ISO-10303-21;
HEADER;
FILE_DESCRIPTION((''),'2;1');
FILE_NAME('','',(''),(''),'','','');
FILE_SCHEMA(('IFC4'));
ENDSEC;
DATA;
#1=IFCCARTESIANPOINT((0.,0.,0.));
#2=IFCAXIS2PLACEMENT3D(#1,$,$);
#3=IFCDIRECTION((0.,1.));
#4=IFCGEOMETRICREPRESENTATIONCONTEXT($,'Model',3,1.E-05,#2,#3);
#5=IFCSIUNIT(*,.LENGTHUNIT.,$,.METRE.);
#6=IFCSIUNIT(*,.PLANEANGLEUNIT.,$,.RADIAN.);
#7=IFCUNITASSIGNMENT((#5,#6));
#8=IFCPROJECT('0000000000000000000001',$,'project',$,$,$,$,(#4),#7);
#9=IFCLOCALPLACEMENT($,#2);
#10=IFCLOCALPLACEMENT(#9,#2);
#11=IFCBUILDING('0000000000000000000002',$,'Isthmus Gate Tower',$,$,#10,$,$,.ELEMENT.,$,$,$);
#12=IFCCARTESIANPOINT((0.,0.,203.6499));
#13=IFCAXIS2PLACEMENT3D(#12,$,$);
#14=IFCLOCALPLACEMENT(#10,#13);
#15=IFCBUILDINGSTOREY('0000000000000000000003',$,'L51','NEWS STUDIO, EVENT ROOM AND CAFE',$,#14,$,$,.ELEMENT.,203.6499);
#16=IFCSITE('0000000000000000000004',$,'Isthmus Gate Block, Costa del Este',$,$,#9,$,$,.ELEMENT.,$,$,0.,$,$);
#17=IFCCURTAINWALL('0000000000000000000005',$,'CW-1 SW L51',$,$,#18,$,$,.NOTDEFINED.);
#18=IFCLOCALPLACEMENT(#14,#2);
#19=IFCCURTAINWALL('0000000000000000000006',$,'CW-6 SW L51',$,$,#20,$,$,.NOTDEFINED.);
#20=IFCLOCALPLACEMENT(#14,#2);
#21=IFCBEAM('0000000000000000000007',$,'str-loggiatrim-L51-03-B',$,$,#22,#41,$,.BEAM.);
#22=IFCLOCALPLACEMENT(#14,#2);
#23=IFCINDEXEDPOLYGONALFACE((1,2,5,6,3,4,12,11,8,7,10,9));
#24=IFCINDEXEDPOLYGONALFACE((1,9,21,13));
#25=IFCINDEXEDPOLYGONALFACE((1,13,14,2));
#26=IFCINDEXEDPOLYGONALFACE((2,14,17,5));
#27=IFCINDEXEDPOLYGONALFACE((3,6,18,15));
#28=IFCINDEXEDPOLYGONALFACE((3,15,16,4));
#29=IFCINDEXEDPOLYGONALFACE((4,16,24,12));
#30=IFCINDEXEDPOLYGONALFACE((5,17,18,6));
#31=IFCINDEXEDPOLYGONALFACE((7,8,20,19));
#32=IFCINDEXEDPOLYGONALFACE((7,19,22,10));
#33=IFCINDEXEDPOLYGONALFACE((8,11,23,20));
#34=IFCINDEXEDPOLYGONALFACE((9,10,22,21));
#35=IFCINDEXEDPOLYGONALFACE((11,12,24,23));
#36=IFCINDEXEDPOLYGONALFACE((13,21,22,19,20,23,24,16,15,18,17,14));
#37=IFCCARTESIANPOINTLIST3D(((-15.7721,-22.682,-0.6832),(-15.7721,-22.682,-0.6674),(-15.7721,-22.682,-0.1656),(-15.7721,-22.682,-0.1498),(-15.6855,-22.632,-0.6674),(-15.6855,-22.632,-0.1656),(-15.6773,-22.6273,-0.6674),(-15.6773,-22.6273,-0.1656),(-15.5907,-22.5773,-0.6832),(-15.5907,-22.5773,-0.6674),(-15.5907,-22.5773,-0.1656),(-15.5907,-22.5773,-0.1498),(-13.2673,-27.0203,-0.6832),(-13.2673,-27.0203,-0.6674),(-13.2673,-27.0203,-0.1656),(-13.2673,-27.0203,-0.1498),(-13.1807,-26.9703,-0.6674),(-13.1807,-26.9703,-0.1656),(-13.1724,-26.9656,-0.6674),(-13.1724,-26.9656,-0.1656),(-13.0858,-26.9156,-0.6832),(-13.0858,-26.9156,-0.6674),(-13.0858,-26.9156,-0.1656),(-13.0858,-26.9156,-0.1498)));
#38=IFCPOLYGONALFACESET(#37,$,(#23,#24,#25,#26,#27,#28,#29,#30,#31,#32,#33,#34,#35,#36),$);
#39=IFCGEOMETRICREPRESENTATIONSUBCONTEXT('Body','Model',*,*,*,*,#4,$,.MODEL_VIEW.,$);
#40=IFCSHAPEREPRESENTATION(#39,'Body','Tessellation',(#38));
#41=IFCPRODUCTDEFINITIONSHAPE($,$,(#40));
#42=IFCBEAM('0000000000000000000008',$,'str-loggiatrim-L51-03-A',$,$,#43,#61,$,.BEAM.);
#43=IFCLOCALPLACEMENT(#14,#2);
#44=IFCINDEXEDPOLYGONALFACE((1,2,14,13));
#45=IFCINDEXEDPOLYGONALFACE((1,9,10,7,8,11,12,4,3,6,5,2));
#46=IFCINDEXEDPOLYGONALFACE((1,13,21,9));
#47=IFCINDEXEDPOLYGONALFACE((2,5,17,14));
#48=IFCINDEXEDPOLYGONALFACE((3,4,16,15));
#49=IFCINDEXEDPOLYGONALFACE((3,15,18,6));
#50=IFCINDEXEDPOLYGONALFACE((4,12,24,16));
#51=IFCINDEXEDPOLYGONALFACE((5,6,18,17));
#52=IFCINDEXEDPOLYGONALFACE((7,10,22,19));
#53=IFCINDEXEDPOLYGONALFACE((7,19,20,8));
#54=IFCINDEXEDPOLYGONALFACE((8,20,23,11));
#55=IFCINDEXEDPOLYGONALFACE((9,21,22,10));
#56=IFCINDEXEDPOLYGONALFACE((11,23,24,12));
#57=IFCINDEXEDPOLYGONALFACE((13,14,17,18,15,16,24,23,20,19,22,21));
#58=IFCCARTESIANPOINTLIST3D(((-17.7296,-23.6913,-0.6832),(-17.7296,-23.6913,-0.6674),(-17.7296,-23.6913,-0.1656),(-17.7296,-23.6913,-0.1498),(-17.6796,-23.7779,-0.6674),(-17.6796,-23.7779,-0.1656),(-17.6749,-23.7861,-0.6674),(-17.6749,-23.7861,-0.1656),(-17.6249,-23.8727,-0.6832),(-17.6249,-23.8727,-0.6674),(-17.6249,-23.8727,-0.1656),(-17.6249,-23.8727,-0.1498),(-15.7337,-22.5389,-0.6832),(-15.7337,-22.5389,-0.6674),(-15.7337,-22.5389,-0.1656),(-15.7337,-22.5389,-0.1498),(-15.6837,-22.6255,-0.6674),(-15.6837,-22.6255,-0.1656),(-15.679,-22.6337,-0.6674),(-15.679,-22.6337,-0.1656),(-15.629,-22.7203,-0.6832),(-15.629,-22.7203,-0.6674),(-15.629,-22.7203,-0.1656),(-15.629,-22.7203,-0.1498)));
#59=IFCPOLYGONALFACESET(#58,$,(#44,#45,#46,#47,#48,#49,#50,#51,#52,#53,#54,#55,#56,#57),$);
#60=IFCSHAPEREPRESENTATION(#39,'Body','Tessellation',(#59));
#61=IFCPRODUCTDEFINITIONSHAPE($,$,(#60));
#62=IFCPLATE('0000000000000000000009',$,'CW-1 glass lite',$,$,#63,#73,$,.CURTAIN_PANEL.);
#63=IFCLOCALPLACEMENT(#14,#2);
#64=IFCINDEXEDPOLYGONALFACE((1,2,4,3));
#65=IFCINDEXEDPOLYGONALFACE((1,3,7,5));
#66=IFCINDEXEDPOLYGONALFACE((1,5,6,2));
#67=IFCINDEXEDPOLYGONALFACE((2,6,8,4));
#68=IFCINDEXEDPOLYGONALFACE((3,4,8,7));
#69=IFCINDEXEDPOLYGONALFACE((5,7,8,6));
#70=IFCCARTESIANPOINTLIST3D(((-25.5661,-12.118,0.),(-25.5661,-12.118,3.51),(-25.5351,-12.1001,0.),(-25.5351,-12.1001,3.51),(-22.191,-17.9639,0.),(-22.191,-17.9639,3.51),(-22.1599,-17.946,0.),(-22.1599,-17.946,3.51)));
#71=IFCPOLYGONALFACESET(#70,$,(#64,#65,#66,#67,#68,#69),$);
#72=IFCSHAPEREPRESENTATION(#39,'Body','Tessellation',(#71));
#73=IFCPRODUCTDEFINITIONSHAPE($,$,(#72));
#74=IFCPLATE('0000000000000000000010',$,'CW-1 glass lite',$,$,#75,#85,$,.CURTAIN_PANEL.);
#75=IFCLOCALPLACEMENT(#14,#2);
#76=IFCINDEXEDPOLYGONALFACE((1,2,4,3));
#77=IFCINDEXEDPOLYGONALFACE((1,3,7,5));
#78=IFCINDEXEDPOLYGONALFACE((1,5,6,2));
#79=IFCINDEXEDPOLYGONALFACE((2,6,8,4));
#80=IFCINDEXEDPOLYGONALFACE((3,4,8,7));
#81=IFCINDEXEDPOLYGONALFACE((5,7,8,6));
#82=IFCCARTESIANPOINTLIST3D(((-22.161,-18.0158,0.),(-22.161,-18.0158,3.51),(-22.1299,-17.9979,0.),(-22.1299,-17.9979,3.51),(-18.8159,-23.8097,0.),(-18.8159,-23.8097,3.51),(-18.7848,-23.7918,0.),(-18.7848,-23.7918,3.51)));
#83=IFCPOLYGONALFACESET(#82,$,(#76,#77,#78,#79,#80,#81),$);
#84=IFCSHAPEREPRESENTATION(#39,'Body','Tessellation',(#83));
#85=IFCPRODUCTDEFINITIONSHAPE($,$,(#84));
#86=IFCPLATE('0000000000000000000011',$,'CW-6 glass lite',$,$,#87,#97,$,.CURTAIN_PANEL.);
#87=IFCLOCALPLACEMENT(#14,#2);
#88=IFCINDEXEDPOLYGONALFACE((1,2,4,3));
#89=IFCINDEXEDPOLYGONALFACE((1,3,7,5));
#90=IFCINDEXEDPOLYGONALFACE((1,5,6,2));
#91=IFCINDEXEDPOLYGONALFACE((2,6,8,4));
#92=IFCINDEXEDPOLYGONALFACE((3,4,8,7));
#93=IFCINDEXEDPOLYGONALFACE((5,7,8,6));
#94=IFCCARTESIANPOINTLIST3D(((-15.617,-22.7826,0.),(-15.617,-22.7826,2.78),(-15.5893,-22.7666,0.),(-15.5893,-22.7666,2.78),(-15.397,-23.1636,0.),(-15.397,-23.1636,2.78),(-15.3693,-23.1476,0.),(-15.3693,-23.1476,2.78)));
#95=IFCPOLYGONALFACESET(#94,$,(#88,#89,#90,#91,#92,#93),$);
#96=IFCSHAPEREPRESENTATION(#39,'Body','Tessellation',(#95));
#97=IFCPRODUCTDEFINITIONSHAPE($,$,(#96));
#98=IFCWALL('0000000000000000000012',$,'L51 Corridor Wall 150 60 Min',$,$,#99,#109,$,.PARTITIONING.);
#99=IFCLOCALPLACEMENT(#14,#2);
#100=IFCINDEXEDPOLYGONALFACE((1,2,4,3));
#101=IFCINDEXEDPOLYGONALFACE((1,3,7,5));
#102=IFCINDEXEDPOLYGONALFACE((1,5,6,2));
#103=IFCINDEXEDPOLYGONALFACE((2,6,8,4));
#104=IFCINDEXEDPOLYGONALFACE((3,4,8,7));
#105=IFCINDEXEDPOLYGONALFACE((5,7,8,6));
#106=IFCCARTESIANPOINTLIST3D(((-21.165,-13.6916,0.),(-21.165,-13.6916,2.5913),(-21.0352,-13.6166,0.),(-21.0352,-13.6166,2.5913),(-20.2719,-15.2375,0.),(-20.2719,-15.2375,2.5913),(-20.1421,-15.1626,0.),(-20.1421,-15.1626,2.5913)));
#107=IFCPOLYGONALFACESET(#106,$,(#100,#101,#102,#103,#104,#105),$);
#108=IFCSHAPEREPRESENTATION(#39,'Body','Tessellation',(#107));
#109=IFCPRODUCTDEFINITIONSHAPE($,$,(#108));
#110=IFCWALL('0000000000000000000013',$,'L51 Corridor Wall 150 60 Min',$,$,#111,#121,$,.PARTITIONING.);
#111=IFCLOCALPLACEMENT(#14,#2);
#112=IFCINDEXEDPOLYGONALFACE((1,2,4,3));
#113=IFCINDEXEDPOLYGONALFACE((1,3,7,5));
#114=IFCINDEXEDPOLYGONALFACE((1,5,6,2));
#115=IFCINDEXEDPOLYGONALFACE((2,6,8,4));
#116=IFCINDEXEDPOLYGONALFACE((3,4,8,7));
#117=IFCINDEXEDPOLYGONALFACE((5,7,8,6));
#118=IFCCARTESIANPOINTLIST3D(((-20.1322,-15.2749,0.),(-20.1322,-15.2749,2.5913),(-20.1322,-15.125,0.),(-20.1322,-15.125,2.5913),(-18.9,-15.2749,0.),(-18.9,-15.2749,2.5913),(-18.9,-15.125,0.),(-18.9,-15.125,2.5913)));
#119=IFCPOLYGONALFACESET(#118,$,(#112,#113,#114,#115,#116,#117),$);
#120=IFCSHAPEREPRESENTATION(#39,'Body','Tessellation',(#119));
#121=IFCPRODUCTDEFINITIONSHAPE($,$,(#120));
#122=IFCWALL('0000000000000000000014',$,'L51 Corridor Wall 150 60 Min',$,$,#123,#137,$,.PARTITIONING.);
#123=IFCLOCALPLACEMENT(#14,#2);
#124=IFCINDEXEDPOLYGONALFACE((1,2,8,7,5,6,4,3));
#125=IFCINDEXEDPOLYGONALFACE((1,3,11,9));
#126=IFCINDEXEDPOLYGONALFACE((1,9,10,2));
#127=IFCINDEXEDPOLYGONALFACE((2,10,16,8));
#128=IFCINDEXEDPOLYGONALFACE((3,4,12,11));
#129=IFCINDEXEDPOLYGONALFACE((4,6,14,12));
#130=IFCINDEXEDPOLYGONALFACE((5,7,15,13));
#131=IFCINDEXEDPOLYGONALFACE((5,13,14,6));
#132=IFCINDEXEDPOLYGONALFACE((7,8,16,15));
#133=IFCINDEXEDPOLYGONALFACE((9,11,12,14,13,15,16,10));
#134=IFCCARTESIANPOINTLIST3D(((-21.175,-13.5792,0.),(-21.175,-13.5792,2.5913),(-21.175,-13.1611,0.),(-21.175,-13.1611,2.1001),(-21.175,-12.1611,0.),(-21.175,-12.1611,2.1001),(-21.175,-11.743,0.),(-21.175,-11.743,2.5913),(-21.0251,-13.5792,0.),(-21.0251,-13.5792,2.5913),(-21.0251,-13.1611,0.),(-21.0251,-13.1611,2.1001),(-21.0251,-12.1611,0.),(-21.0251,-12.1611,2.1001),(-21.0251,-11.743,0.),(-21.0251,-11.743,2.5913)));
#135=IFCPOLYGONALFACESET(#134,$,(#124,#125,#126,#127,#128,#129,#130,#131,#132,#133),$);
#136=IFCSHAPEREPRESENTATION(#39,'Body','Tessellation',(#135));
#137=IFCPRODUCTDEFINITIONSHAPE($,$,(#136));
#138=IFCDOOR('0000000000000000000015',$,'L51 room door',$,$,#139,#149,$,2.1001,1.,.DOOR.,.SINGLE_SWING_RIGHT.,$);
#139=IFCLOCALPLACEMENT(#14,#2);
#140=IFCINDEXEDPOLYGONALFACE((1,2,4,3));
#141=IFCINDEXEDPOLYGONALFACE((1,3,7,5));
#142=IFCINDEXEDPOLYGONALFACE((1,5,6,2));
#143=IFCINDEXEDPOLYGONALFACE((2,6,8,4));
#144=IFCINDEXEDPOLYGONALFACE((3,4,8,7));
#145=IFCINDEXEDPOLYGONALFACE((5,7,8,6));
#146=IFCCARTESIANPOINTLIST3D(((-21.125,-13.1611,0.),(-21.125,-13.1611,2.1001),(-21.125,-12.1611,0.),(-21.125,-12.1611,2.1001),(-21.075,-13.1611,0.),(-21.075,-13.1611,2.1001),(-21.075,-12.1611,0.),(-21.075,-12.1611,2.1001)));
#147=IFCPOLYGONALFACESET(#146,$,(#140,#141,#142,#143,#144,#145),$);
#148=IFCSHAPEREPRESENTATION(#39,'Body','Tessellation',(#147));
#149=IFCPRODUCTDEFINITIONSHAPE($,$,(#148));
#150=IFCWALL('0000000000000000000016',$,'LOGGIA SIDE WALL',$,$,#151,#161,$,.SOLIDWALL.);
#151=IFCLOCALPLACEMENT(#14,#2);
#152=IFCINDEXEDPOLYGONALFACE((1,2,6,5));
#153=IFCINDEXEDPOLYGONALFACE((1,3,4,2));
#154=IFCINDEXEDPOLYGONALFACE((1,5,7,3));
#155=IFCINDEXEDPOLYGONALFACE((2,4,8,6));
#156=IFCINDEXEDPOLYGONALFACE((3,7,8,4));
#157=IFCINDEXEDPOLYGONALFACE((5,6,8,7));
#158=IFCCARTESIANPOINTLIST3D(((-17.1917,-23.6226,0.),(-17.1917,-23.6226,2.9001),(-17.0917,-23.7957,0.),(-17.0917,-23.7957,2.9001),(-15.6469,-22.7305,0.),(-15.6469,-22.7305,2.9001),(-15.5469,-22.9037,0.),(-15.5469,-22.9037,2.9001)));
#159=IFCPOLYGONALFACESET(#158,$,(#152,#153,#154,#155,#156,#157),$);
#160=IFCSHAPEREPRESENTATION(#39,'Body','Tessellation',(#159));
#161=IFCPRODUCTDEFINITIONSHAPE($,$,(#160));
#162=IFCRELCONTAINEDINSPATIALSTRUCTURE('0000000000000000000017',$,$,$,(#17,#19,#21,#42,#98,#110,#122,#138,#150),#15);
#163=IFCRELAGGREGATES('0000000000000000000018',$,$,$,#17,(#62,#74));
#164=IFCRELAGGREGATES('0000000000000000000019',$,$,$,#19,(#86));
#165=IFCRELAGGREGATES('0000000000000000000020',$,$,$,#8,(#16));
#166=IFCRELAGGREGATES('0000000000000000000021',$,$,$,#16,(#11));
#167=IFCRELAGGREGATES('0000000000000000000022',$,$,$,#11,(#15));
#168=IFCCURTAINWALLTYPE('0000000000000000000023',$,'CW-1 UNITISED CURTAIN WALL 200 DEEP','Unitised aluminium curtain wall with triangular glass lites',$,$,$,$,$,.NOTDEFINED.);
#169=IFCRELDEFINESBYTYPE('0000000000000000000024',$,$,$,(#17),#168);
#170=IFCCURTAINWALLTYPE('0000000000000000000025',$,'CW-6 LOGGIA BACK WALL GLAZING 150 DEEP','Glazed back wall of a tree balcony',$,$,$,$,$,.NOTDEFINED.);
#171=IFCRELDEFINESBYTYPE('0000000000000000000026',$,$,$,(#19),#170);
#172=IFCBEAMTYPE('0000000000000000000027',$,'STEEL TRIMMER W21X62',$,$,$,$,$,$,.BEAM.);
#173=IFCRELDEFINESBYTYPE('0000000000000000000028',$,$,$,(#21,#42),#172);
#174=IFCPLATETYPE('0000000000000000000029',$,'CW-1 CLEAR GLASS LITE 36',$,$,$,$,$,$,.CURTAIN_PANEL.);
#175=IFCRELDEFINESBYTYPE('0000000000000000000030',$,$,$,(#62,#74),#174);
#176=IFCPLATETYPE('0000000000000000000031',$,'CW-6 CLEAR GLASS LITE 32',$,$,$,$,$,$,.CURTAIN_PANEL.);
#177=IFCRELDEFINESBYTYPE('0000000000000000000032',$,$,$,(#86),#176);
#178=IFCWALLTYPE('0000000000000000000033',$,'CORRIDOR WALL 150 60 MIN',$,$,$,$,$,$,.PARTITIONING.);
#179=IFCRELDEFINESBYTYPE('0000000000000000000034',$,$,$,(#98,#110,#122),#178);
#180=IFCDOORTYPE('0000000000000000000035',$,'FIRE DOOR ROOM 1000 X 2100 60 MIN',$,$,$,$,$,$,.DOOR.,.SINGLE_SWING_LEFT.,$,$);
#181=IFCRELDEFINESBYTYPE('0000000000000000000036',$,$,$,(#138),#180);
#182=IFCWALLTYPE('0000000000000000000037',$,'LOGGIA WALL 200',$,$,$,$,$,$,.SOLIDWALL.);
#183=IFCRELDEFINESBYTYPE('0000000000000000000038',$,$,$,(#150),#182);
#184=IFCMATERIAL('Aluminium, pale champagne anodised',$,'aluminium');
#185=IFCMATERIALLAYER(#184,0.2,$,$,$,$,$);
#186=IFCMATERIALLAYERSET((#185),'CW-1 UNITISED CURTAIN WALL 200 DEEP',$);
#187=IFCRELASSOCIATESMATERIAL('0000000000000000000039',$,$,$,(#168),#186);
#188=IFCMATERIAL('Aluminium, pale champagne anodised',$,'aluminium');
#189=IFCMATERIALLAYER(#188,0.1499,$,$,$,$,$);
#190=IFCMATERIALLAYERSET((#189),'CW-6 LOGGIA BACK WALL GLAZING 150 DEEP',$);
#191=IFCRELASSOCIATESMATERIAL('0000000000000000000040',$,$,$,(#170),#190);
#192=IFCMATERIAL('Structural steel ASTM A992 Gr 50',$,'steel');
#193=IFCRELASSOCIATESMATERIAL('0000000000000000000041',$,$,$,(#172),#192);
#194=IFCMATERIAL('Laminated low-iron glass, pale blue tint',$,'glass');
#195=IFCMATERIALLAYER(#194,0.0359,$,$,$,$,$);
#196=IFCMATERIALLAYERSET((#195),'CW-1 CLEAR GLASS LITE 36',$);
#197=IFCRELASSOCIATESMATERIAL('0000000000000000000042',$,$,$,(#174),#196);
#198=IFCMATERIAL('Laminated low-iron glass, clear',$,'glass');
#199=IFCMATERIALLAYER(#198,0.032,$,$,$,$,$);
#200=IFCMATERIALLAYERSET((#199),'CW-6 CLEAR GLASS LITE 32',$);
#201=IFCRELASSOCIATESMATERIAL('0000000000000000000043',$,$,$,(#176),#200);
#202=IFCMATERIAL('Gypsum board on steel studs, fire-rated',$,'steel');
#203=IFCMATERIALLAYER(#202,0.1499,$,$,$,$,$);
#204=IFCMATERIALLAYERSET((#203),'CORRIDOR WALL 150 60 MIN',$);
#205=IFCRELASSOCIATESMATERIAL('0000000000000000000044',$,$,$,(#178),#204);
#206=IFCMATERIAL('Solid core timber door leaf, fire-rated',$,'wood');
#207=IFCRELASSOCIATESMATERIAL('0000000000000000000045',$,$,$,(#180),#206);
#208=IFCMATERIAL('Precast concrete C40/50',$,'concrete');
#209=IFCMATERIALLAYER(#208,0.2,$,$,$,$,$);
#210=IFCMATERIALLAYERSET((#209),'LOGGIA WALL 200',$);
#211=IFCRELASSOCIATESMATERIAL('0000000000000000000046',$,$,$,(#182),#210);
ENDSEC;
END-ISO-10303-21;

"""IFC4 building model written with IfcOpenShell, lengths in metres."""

from ifc_helpers import new_model, si_unit, direction, frame, frame_2d, origin, origin_2d, place, context, subcontext, project, spatial, rectangle, i_section, extrude, material, layer, layer_set, material_profile, profile_set, type_object, element, fill, aggregate, save


model = new_model("IFC4")

# Units and contexts
model_context = context("Model", 3, precision=1e-05, world=origin(), true_north=direction((0.0, 1.0)))
body_context = subcontext(model_context, "Body", "Model", "MODEL_VIEW")
ifc_project = project(units=[si_unit("LENGTHUNIT", "METRE"), si_unit("PLANEANGLEUNIT", "RADIAN")], contexts=[model_context])

# Site, building, storey
site_placement = place(None, origin())
site = spatial("IfcSite", under=ifc_project, at=site_placement, Name="Isthmus Gate Block, Costa del Este", CompositionType="ELEMENT", RefElevation=0.0)
building_placement = place(site_placement, origin())
building = spatial("IfcBuilding", under=site, at=building_placement, Name="Isthmus Gate Tower", CompositionType="ELEMENT")
storey_placement = place(building_placement, frame((0.0, 0.0, 203.6499)))
storey = spatial("IfcBuildingStorey", under=building, at=storey_placement, Name="L51", Description="NEWS STUDIO, EVENT ROOM AND CAFE", CompositionType="ELEMENT", Elevation=203.6499)

# Curtain walls
ifc_material_1 = material(Name="Aluminium, pale champagne anodised", Category="aluminium")
ifc_layer_1 = layer(ifc_material_1, 0.2)
ifc_layer_set_1 = layer_set([ifc_layer_1], Name="CW-1 UNITISED CURTAIN WALL 200 DEEP")
curtain_wall_type_1 = type_object("IfcCurtainWallType", Name="CW-1 UNITISED CURTAIN WALL 200 DEEP", Description="Unitised aluminium curtain wall with triangular glass lites", PredefinedType="NOTDEFINED", material=ifc_layer_set_1)
curtain_wall_1_placement = place(storey_placement, origin())
curtain_wall_1 = element("IfcCurtainWall", 1, at=curtain_wall_1_placement, inside=storey, type_object=curtain_wall_type_1, Name="CW-1 SW L51", PredefinedType="NOTDEFINED")
ifc_material_2 = material(Name="Aluminium, pale champagne anodised", Category="aluminium")
ifc_layer_2 = layer(ifc_material_2, 0.1499)
ifc_layer_set_2 = layer_set([ifc_layer_2], Name="CW-6 LOGGIA BACK WALL GLAZING 150 DEEP")
curtain_wall_type_2 = type_object("IfcCurtainWallType", Name="CW-6 LOGGIA BACK WALL GLAZING 150 DEEP", Description="Glazed back wall of a tree balcony", PredefinedType="NOTDEFINED", material=ifc_layer_set_2)
curtain_wall_2_placement = place(storey_placement, origin())
curtain_wall_2 = element("IfcCurtainWall", 2, at=curtain_wall_2_placement, inside=storey, type_object=curtain_wall_type_2, Name="CW-6 SW L51", PredefinedType="NOTDEFINED")

# Beams
ifc_material_3 = material(Name="Structural steel ASTM A992 Gr 50", Category="steel")
ifc_material_profile_1 = material_profile(ifc_material_3, i_section(OverallWidth=0.2095, OverallDepth=0.5334, WebThickness=0.0095, FlangeThickness=0.0159, at=origin_2d()), Name="W21X62")
ifc_profile_set_1 = profile_set([ifc_material_profile_1], Name="Structural steel ASTM A992 Gr 50")
beam_type_1 = type_object("IfcBeamType", Name="STEEL TRIMMER W21X62", PredefinedType="BEAM", material=ifc_profile_set_1)
beam_1_placement = place(storey_placement, frame((-15.6814, -22.6296, -0.4165), z_axis=(0.500018, -0.866015, 0.0), x_axis=(0.866015, 0.500018, 0.0)))
element("IfcBeam", 3, at=beam_1_placement, inside=storey, type_object=beam_type_1, Name="str-loggiatrim-L51-03-B", PredefinedType="BEAM", context=body_context, shape_type="SweptSolid", body=[
    extrude(i_section(OverallWidth=0.2095, OverallDepth=0.5334, WebThickness=0.0095, FlangeThickness=0.0159, at=origin_2d()), origin(), (0.0, 0.0, 1.0), 5.0095),
])
beam_2_placement = place(storey_placement, frame((-17.6772, -23.782, -0.4165), z_axis=(0.866018, 0.500013, 0.0), x_axis=(-0.500013, 0.866018, 0.0)))
element("IfcBeam", 4, at=beam_2_placement, inside=storey, type_object=beam_type_1, Name="str-loggiatrim-L51-03-A", PredefinedType="BEAM", context=body_context, shape_type="SweptSolid", body=[
    extrude(i_section(OverallWidth=0.2095, OverallDepth=0.5334, WebThickness=0.0095, FlangeThickness=0.0159, at=origin_2d()), origin(), (0.0, 0.0, 1.0), 2.3047),
])

# Plates
ifc_material_4 = material(Name="Laminated low-iron glass, pale blue tint", Category="glass")
ifc_layer_3 = layer(ifc_material_4, 0.0359)
ifc_layer_set_3 = layer_set([ifc_layer_3], Name="CW-1 CLEAR GLASS LITE 36")
plate_type_1 = type_object("IfcPlateType", Name="CW-1 CLEAR GLASS LITE 36", PredefinedType="CURTAIN_PANEL", material=ifc_layer_set_3)
plate_1_placement = place(storey_placement, frame((-23.863, -15.032, 0.0), z_axis=(0.0, 0.0, 1.0), x_axis=(0.5, -0.866025, 0.0)))
plate_1 = element("IfcPlate", 5, at=plate_1_placement, type_object=plate_type_1, Name="CW-1 glass lite", PredefinedType="CURTAIN_PANEL", context=body_context, shape_type="SweptSolid", body=[
    extrude(rectangle(XDim=6.7502, YDim=0.0359, at=origin_2d()), origin(), (0.0, 0.0, 1.0), 3.51),
])
plate_2_placement = place(storey_placement, frame((-20.4729, -20.9038, 0.0), z_axis=(0.0, 0.0, 1.0), x_axis=(0.5, -0.866025, 0.0)))
plate_2 = element("IfcPlate", 6, at=plate_2_placement, type_object=plate_type_1, Name="CW-1 glass lite", PredefinedType="CURTAIN_PANEL", context=body_context, shape_type="SweptSolid", body=[
    extrude(rectangle(XDim=6.6902, YDim=0.0359, at=origin_2d()), origin(), (0.0, 0.0, 1.0), 3.51),
])
aggregate(curtain_wall_1, [plate_1, plate_2])
ifc_material_5 = material(Name="Laminated low-iron glass, clear", Category="glass")
ifc_layer_4 = layer(ifc_material_5, 0.032)
ifc_layer_set_4 = layer_set([ifc_layer_4], Name="CW-6 CLEAR GLASS LITE 32")
plate_type_2 = type_object("IfcPlateType", Name="CW-6 CLEAR GLASS LITE 32", PredefinedType="CURTAIN_PANEL", material=ifc_layer_set_4)
plate_3_placement = place(storey_placement, frame((-15.4932, -22.9651, 0.0), z_axis=(0.0, 0.0, 1.0), x_axis=(0.5, -0.866025, 0.0)))
plate_3 = element("IfcPlate", 7, at=plate_3_placement, type_object=plate_type_2, Name="CW-6 glass lite", PredefinedType="CURTAIN_PANEL", context=body_context, shape_type="SweptSolid", body=[
    extrude(rectangle(XDim=0.4399, YDim=0.032, at=origin_2d()), origin(), (0.0, 0.0, 1.0), 2.78),
])
aggregate(curtain_wall_2, [plate_3])

# Walls
ifc_material_6 = material(Name="Gypsum board on steel studs, fire-rated", Category="steel")
ifc_layer_5 = layer(ifc_material_6, 0.1499)
ifc_layer_set_5 = layer_set([ifc_layer_5], Name="CORRIDOR WALL 150 60 MIN")
wall_type_1 = type_object("IfcWallType", Name="CORRIDOR WALL 150 60 MIN", PredefinedType="PARTITIONING", material=ifc_layer_set_5)
wall_1_placement = place(storey_placement, frame((-20.207, -15.2, 0.0), z_axis=(0.0, 0.0, 1.0), x_axis=(-0.500227, 0.865894, 0.0)))
element("IfcWall", 8, at=wall_1_placement, inside=storey, type_object=wall_type_1, Name="L51 Corridor Wall 150 60 Min", PredefinedType="PARTITIONING", context=body_context, shape_type="SweptSolid", body=[
    extrude(rectangle(XDim=1.7854, YDim=0.1499, at=frame_2d((0.8926, 0.0))), origin(), (0.0, 0.0, 1.0), 2.5913),
])
wall_2_placement = place(storey_placement, frame((-18.8999, -15.2, 0.0), z_axis=(0.0, 0.0, 1.0), x_axis=(-1.0, 0.0, 0.0)))
element("IfcWall", 9, at=wall_2_placement, inside=storey, type_object=wall_type_1, Name="L51 Corridor Wall 150 60 Min", PredefinedType="PARTITIONING", context=body_context, shape_type="SweptSolid", body=[
    extrude(rectangle(XDim=1.2322, YDim=0.1499, at=frame_2d((0.6162, 0.0))), origin(), (0.0, 0.0, 1.0), 2.5913),
])

# Wall, opening, door
wall_3_placement = place(storey_placement, frame((-21.1001, -13.5791, 0.0), z_axis=(0.0, 0.0, 1.0), x_axis=(0.0, 1.0, 0.0)))
wall_3 = element("IfcWall", 10, at=wall_3_placement, inside=storey, type_object=wall_type_1, Name="L51 Corridor Wall 150 60 Min", PredefinedType="PARTITIONING", context=body_context, shape_type="SweptSolid", body=[
    extrude(rectangle(XDim=1.8362, YDim=0.1499, at=frame_2d((0.918, 0.0))), origin(), (0.0, 0.0, 1.0), 2.5913),
])
opening_1_placement = place(wall_3_placement, frame((0.418, 0.0, 0.0)))
opening_1 = element("IfcOpeningElement", 11, at=opening_1_placement, cuts=wall_3, PredefinedType="OPENING", context=body_context, shape_type="SweptSolid", body=[
    extrude(rectangle(XDim=1.0, YDim=2.1001, at=frame_2d((0.5, 1.05))), frame((0.0, 0.085, 0.0), z_axis=(0.0, -1.0, 0.0), x_axis=(1.0, 0.0, 0.0)), (0.0, 0.0, 1.0), 0.1699),
])
ifc_material_7 = material(Name="Solid core timber door leaf, fire-rated", Category="wood")
door_type_1 = type_object("IfcDoorType", Name="FIRE DOOR ROOM 1000 X 2100 60 MIN", OperationType="SINGLE_SWING_LEFT", PredefinedType="DOOR", material=ifc_material_7)
door_1_placement = place(opening_1_placement, origin())
door_1 = element("IfcDoor", 12, at=door_1_placement, inside=storey, type_object=door_type_1, Name="L51 room door", OperationType="SINGLE_SWING_RIGHT", OverallHeight=2.1001, OverallWidth=1.0, PredefinedType="DOOR", context=body_context, shape_type="SweptSolid", body=[
    extrude(rectangle(XDim=1.0, YDim=2.1001, at=frame_2d((0.5, 1.05))), frame((0.0, 0.0249, 0.0), z_axis=(0.0, -1.0, 0.0), x_axis=(1.0, 0.0, 0.0)), (0.0, 0.0, 1.0), 0.05),
])
fill(opening_1, door_1)
ifc_material_8 = material(Name="Precast concrete C40/50", Category="concrete")
ifc_layer_6 = layer(ifc_material_8, 0.2)
ifc_layer_set_6 = layer_set([ifc_layer_6], Name="LOGGIA WALL 200")
wall_type_2 = type_object("IfcWallType", Name="LOGGIA WALL 200", PredefinedType="SOLIDWALL", material=ifc_layer_set_6)

# Wall
wall_4_placement = place(storey_placement, frame((-17.1418, -23.7092, 0.0), z_axis=(0.0, 0.0, 1.0), x_axis=(0.865994, 0.500054, 0.0)))
element("IfcWall", 13, at=wall_4_placement, inside=storey, type_object=wall_type_2, Name="LOGGIA SIDE WALL", PredefinedType="SOLIDWALL", context=body_context, shape_type="SweptSolid", body=[
    extrude(rectangle(XDim=1.7839, YDim=0.2, at=frame_2d((0.8921, 0.0))), origin(), (0.0, 0.0, 1.0), 2.9001),
])

save(model, "model.ifc")
